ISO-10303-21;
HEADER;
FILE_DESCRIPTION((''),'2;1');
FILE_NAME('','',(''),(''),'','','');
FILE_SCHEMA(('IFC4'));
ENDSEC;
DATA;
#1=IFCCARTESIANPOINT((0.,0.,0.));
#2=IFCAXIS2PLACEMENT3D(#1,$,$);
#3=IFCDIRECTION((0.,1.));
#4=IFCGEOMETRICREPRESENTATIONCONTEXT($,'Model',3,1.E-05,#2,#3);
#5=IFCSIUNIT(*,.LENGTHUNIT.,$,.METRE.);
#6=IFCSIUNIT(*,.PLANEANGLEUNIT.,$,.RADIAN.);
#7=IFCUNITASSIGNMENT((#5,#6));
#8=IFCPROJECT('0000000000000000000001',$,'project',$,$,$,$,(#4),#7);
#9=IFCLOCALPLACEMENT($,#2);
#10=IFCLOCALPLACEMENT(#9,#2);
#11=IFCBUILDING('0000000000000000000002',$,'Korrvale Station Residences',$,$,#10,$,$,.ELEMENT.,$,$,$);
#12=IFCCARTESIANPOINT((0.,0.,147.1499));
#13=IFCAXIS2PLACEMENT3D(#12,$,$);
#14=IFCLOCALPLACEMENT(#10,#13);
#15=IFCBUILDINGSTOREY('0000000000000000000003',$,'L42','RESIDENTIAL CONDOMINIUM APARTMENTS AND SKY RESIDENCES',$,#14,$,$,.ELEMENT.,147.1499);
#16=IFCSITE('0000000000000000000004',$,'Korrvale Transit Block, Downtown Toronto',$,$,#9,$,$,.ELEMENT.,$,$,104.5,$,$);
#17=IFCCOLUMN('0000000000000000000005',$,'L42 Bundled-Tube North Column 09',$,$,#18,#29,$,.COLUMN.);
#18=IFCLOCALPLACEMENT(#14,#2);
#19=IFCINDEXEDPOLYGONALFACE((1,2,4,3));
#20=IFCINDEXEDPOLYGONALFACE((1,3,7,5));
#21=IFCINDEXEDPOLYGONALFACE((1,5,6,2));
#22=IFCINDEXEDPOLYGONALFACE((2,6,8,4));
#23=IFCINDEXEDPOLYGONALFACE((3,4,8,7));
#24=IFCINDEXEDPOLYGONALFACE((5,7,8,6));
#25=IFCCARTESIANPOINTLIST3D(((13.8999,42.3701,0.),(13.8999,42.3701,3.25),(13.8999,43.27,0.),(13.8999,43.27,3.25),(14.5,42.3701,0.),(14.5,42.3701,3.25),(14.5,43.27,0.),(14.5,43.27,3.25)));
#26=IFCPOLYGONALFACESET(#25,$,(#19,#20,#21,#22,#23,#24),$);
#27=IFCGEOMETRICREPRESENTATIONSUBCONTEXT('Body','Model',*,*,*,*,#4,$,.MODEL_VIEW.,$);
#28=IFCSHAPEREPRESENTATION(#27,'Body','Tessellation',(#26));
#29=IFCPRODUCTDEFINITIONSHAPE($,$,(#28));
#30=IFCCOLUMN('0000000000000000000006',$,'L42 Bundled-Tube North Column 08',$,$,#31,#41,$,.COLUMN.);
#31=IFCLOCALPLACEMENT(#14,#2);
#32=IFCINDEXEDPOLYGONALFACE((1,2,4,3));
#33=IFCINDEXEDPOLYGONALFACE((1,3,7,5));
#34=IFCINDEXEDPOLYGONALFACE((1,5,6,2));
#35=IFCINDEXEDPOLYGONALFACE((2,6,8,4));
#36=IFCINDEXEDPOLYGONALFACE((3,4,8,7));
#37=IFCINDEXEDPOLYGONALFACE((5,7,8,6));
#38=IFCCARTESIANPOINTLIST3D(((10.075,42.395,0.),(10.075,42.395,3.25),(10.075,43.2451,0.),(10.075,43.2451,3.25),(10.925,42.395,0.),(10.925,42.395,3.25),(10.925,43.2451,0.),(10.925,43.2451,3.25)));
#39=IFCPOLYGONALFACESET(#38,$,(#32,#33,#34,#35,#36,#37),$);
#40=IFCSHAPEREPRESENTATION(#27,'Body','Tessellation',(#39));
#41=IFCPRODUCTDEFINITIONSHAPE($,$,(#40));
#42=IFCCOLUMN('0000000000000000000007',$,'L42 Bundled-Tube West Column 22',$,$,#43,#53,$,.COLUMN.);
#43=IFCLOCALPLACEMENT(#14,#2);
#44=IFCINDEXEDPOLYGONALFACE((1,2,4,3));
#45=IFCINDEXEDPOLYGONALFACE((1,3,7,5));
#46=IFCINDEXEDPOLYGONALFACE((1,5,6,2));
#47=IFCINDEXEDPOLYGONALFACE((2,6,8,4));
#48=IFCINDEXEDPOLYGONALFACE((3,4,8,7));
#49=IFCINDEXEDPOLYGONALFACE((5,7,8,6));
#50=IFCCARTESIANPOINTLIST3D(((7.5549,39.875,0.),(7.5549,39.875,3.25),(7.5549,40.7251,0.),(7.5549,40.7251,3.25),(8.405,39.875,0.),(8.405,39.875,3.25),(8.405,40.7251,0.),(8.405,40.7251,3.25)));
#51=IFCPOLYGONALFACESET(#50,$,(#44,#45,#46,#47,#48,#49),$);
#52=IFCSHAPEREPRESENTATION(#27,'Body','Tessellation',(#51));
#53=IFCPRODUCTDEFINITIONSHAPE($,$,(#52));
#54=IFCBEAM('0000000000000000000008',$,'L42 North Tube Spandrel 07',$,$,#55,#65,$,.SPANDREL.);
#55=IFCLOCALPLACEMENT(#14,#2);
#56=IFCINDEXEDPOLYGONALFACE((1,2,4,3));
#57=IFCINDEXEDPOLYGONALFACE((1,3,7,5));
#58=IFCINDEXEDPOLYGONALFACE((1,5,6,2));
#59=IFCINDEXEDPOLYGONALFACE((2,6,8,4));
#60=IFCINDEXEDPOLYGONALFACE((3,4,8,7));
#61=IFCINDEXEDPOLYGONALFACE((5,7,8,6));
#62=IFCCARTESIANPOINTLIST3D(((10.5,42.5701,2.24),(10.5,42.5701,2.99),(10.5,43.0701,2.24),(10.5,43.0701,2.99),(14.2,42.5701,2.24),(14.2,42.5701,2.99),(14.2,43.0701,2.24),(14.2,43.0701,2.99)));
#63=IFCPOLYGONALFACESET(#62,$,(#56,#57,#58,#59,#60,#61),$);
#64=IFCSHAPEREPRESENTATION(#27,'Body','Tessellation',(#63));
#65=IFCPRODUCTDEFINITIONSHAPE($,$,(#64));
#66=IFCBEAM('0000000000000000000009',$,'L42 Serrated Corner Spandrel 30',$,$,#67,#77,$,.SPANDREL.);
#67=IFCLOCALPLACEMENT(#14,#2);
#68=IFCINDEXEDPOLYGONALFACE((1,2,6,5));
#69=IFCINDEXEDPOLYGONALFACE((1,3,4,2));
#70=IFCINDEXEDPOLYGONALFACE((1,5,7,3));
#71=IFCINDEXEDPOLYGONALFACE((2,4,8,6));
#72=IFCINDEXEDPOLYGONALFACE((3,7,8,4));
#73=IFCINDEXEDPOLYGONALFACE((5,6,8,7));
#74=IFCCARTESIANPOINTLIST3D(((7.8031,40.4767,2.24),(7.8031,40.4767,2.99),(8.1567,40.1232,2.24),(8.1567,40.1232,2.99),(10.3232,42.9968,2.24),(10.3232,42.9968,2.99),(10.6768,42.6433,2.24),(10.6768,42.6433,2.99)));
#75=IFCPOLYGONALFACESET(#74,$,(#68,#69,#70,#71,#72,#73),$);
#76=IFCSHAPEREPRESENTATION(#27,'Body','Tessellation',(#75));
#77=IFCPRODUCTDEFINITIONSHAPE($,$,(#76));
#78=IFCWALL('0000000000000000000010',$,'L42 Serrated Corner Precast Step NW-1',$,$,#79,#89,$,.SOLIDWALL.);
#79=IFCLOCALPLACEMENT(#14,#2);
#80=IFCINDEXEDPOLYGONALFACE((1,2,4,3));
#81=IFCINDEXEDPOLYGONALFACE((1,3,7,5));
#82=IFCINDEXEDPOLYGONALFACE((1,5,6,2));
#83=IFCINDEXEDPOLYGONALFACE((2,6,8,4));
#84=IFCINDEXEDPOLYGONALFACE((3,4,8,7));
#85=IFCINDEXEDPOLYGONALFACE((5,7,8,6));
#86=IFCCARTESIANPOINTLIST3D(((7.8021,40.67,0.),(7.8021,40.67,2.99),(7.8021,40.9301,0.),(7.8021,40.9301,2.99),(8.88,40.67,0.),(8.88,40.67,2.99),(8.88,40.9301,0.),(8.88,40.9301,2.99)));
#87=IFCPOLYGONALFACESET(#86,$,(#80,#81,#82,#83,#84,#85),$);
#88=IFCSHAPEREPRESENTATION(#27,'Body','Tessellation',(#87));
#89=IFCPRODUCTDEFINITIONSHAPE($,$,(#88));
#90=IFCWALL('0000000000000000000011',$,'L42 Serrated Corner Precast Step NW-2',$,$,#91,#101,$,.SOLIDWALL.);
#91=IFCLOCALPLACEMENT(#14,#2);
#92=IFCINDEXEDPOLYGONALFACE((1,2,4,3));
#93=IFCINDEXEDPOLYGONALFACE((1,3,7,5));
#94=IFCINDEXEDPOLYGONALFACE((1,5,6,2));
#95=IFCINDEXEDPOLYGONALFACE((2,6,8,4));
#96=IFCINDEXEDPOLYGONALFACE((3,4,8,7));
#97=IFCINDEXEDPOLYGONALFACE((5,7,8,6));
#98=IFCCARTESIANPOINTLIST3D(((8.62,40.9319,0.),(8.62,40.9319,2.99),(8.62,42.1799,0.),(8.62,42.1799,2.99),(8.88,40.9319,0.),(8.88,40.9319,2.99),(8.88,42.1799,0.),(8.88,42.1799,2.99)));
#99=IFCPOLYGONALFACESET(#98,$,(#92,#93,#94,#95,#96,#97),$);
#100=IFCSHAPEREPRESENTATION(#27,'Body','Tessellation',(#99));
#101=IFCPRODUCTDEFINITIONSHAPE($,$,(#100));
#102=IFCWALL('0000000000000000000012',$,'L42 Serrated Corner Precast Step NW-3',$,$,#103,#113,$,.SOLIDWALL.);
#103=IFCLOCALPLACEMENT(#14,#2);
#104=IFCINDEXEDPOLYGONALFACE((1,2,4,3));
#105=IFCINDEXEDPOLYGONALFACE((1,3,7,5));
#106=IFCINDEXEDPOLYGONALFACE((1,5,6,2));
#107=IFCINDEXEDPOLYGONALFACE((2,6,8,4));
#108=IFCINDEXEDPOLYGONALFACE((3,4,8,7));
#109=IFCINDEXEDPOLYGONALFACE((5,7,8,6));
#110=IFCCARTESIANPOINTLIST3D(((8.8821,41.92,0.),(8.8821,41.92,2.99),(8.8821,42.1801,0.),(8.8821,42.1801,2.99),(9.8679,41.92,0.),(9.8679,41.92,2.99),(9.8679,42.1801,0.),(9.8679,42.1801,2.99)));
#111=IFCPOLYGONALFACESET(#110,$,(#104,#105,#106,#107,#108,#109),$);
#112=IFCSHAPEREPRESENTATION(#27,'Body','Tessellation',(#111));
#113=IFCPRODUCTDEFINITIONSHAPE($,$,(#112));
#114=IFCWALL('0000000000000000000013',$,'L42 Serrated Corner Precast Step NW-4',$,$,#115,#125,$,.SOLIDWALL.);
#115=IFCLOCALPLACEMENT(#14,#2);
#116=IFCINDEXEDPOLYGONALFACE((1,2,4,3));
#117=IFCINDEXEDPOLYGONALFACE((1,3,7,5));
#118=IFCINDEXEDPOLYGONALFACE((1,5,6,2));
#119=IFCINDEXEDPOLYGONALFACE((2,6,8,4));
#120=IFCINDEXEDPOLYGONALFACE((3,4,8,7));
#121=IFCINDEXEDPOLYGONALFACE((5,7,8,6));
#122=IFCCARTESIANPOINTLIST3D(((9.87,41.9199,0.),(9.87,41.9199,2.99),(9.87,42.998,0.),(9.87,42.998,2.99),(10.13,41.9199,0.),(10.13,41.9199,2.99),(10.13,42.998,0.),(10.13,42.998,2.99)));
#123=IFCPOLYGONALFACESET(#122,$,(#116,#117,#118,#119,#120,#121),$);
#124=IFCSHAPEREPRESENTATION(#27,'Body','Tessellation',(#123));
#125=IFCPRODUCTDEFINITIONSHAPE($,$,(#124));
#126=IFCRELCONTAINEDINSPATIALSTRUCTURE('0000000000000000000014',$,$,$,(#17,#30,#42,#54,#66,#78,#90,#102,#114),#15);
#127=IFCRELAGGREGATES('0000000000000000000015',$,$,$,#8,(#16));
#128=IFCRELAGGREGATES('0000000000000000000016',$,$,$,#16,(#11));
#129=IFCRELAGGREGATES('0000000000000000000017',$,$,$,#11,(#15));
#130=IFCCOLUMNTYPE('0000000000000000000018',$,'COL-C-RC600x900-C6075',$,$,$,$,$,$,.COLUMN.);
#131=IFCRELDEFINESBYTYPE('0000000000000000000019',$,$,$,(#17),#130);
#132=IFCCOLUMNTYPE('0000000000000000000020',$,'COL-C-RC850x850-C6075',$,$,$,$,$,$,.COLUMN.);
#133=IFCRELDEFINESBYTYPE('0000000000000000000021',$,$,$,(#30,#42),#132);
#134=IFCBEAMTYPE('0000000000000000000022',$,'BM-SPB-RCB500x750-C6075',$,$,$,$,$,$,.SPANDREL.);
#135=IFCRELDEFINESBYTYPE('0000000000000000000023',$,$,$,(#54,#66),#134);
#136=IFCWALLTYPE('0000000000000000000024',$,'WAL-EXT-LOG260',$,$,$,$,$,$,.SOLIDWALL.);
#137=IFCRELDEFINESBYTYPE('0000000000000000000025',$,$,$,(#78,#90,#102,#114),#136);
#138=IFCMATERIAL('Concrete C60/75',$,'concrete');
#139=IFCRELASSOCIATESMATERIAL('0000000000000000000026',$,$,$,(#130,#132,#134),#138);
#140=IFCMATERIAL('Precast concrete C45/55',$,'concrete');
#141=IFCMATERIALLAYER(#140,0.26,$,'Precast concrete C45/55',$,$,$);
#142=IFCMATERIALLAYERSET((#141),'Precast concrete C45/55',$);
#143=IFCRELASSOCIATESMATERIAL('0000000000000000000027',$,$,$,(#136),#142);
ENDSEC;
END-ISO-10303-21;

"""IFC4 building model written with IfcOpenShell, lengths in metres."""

from ifc_helpers import new_model, si_unit, direction, frame, frame_2d, origin, origin_2d, place, context, subcontext, project, spatial, rectangle, extrude, material, layer, layer_set, material_profile, profile_set, type_object, element, save


model = new_model("IFC4")

# Units and contexts
model_context = context("Model", 3, precision=1e-05, world=origin(), true_north=direction((0.0, 1.0)))
body_context = subcontext(model_context, "Body", "Model", "MODEL_VIEW")
ifc_project = project(units=[si_unit("LENGTHUNIT", "METRE"), si_unit("PLANEANGLEUNIT", "RADIAN")], contexts=[model_context])

# Site, building, storey
site_placement = place(None, origin())
site = spatial("IfcSite", under=ifc_project, at=site_placement, Name="Korrvale Transit Block, Downtown Toronto", CompositionType="ELEMENT", RefElevation=104.5)
building_placement = place(site_placement, origin())
building = spatial("IfcBuilding", under=site, at=building_placement, Name="Korrvale Station Residences", CompositionType="ELEMENT")
storey_placement = place(building_placement, frame((0.0, 0.0, 147.1499)))
storey = spatial("IfcBuildingStorey", under=building, at=storey_placement, Name="L42", Description="RESIDENTIAL CONDOMINIUM APARTMENTS AND SKY RESIDENCES", CompositionType="ELEMENT", Elevation=147.1499)

# Columns
ifc_material_1 = material(Name="Concrete C60/75", Category="concrete")
ifc_material_profile_1 = material_profile(ifc_material_1, rectangle(XDim=0.6001, YDim=0.8999, at=origin_2d()), Name="RC600x900")
ifc_profile_set_1 = profile_set([ifc_material_profile_1], Name="Concrete C60/75")
column_type_1 = type_object("IfcColumnType", Name="COL-C-RC600x900-C6075", PredefinedType="COLUMN", material=ifc_profile_set_1)
column_placement = place(storey_placement, frame((14.2, 42.8201, 0.0), z_axis=(0.0, 0.0, 1.0), x_axis=(1.0, 0.0, 0.0)))
element("IfcColumn", 1, at=column_placement, inside=storey, type_object=column_type_1, Name="L42 Bundled-Tube North Column 09", PredefinedType="COLUMN", context=body_context, shape_type="SweptSolid", body=[
    extrude(rectangle(XDim=0.6001, YDim=0.8999, at=origin_2d()), origin(), (0.0, 0.0, 1.0), 3.25),
])
ifc_material_profile_2 = material_profile(ifc_material_1, rectangle(XDim=0.8501, YDim=0.8501, at=origin_2d()), Name="RC850x850")
ifc_profile_set_2 = profile_set([ifc_material_profile_2], Name="Concrete C60/75")
column_type_2 = type_object("IfcColumnType", Name="COL-C-RC850x850-C6075", PredefinedType="COLUMN", material=ifc_profile_set_2)
for number, where, z_axis, x_axis, name in (
    (2, (10.5, 42.8201, 0.0), (0.0, 0.0, 1.0), (1.0, 0.0, 0.0), "L42 Bundled-Tube North Column 08"),
    (3, (7.98, 40.3, 0.0), (0.0, 0.0, 1.0), (1.0, 0.0, 0.0), "L42 Bundled-Tube West Column 22"),
):
    element("IfcColumn", number, at=place(storey_placement, frame(where, z_axis=z_axis, x_axis=x_axis)), inside=storey, type_object=column_type_2, Name=name, PredefinedType="COLUMN", context=body_context, shape_type="SweptSolid", body=[
        extrude(rectangle(XDim=0.8501, YDim=0.8501, at=origin_2d()), origin(), (0.0, 0.0, 1.0), 3.25),
    ])

# Beams
ifc_material_profile_3 = material_profile(ifc_material_1, rectangle(XDim=0.5, YDim=0.75, at=origin_2d()), Name="RCB500x750")
ifc_profile_set_3 = profile_set([ifc_material_profile_3], Name="Concrete C60/75")
beam_type = type_object("IfcBeamType", Name="BM-SPB-RCB500x750-C6075", PredefinedType="SPANDREL", material=ifc_profile_set_3)
beam_1_placement = place(storey_placement, frame((10.5, 42.8201, 2.615), z_axis=(1.0, 0.0, 0.0), x_axis=(0.0, 1.0, 0.0)))
element("IfcBeam", 4, at=beam_1_placement, inside=storey, type_object=beam_type, Name="L42 North Tube Spandrel 07", PredefinedType="SPANDREL", context=body_context, shape_type="SweptSolid", body=[
    extrude(rectangle(XDim=0.5, YDim=0.75, at=origin_2d()), origin(), (0.0, 0.0, 1.0), 3.7),
])
beam_2_placement = place(storey_placement, frame((10.5, 42.8201, 2.615), z_axis=(-0.707107, -0.707107, 0.0), x_axis=(0.707107, -0.707107, 0.0)))
element("IfcBeam", 5, at=beam_2_placement, inside=storey, type_object=beam_type, Name="L42 Serrated Corner Spandrel 30", PredefinedType="SPANDREL", context=body_context, shape_type="SweptSolid", body=[
    extrude(rectangle(XDim=0.5, YDim=0.75, at=origin_2d()), origin(), (0.0, 0.0, 1.0), 3.564),
])

# Walls
ifc_material_2 = material(Name="Precast concrete C45/55", Category="concrete")
ifc_layer_1 = layer(ifc_material_2, 0.26, Name="Precast concrete C45/55")
ifc_layer_set_1 = layer_set([ifc_layer_1], Name="Precast concrete C45/55")
wall_type_1 = type_object("IfcWallType", Name="WAL-EXT-LOG260", PredefinedType="SOLIDWALL", material=ifc_layer_set_1)
wall_1_placement = place(storey_placement, frame((7.802, 40.8, 0.0), z_axis=(0.0, 0.0, 1.0), x_axis=(1.0, 0.0, 0.0)))
element("IfcWall", 6, at=wall_1_placement, inside=storey, type_object=wall_type_1, Name="L42 Serrated Corner Precast Step NW-1", PredefinedType="SOLIDWALL", context=body_context, shape_type="SweptSolid", body=[
    extrude(rectangle(XDim=1.0779, YDim=0.26, at=frame_2d((0.5391, 0.0))), origin(), (0.0, 0.0, 1.0), 2.99),
])
wall_2_placement = place(storey_placement, frame((8.75, 40.9319, 0.0), z_axis=(0.0, 0.0, 1.0), x_axis=(0.0, 1.0, 0.0)))
element("IfcWall", 7, at=wall_2_placement, inside=storey, type_object=wall_type_1, Name="L42 Serrated Corner Precast Step NW-2", PredefinedType="SOLIDWALL", context=body_context, shape_type="SweptSolid", body=[
    extrude(rectangle(XDim=1.248, YDim=0.26, at=frame_2d((0.624, 0.0))), origin(), (0.0, 0.0, 1.0), 2.99),
])
wall_3_placement = place(storey_placement, frame((8.8821, 42.05, 0.0), z_axis=(0.0, 0.0, 1.0), x_axis=(1.0, 0.0, 0.0)))
element("IfcWall", 8, at=wall_3_placement, inside=storey, type_object=wall_type_1, Name="L42 Serrated Corner Precast Step NW-3", PredefinedType="SOLIDWALL", context=body_context, shape_type="SweptSolid", body=[
    extrude(rectangle(XDim=0.9858, YDim=0.26, at=frame_2d((0.4929, 0.0))), origin(), (0.0, 0.0, 1.0), 2.99),
])
wall_4_placement = place(storey_placement, frame((10.0, 41.9199, 0.0), z_axis=(0.0, 0.0, 1.0), x_axis=(0.0, 1.0, 0.0)))
element("IfcWall", 9, at=wall_4_placement, inside=storey, type_object=wall_type_1, Name="L42 Serrated Corner Precast Step NW-4", PredefinedType="SOLIDWALL", context=body_context, shape_type="SweptSolid", body=[
    extrude(rectangle(XDim=1.0781, YDim=0.26, at=frame_2d((0.5391, 0.0))), origin(), (0.0, 0.0, 1.0), 2.99),
])

save(model, "model.ifc")
